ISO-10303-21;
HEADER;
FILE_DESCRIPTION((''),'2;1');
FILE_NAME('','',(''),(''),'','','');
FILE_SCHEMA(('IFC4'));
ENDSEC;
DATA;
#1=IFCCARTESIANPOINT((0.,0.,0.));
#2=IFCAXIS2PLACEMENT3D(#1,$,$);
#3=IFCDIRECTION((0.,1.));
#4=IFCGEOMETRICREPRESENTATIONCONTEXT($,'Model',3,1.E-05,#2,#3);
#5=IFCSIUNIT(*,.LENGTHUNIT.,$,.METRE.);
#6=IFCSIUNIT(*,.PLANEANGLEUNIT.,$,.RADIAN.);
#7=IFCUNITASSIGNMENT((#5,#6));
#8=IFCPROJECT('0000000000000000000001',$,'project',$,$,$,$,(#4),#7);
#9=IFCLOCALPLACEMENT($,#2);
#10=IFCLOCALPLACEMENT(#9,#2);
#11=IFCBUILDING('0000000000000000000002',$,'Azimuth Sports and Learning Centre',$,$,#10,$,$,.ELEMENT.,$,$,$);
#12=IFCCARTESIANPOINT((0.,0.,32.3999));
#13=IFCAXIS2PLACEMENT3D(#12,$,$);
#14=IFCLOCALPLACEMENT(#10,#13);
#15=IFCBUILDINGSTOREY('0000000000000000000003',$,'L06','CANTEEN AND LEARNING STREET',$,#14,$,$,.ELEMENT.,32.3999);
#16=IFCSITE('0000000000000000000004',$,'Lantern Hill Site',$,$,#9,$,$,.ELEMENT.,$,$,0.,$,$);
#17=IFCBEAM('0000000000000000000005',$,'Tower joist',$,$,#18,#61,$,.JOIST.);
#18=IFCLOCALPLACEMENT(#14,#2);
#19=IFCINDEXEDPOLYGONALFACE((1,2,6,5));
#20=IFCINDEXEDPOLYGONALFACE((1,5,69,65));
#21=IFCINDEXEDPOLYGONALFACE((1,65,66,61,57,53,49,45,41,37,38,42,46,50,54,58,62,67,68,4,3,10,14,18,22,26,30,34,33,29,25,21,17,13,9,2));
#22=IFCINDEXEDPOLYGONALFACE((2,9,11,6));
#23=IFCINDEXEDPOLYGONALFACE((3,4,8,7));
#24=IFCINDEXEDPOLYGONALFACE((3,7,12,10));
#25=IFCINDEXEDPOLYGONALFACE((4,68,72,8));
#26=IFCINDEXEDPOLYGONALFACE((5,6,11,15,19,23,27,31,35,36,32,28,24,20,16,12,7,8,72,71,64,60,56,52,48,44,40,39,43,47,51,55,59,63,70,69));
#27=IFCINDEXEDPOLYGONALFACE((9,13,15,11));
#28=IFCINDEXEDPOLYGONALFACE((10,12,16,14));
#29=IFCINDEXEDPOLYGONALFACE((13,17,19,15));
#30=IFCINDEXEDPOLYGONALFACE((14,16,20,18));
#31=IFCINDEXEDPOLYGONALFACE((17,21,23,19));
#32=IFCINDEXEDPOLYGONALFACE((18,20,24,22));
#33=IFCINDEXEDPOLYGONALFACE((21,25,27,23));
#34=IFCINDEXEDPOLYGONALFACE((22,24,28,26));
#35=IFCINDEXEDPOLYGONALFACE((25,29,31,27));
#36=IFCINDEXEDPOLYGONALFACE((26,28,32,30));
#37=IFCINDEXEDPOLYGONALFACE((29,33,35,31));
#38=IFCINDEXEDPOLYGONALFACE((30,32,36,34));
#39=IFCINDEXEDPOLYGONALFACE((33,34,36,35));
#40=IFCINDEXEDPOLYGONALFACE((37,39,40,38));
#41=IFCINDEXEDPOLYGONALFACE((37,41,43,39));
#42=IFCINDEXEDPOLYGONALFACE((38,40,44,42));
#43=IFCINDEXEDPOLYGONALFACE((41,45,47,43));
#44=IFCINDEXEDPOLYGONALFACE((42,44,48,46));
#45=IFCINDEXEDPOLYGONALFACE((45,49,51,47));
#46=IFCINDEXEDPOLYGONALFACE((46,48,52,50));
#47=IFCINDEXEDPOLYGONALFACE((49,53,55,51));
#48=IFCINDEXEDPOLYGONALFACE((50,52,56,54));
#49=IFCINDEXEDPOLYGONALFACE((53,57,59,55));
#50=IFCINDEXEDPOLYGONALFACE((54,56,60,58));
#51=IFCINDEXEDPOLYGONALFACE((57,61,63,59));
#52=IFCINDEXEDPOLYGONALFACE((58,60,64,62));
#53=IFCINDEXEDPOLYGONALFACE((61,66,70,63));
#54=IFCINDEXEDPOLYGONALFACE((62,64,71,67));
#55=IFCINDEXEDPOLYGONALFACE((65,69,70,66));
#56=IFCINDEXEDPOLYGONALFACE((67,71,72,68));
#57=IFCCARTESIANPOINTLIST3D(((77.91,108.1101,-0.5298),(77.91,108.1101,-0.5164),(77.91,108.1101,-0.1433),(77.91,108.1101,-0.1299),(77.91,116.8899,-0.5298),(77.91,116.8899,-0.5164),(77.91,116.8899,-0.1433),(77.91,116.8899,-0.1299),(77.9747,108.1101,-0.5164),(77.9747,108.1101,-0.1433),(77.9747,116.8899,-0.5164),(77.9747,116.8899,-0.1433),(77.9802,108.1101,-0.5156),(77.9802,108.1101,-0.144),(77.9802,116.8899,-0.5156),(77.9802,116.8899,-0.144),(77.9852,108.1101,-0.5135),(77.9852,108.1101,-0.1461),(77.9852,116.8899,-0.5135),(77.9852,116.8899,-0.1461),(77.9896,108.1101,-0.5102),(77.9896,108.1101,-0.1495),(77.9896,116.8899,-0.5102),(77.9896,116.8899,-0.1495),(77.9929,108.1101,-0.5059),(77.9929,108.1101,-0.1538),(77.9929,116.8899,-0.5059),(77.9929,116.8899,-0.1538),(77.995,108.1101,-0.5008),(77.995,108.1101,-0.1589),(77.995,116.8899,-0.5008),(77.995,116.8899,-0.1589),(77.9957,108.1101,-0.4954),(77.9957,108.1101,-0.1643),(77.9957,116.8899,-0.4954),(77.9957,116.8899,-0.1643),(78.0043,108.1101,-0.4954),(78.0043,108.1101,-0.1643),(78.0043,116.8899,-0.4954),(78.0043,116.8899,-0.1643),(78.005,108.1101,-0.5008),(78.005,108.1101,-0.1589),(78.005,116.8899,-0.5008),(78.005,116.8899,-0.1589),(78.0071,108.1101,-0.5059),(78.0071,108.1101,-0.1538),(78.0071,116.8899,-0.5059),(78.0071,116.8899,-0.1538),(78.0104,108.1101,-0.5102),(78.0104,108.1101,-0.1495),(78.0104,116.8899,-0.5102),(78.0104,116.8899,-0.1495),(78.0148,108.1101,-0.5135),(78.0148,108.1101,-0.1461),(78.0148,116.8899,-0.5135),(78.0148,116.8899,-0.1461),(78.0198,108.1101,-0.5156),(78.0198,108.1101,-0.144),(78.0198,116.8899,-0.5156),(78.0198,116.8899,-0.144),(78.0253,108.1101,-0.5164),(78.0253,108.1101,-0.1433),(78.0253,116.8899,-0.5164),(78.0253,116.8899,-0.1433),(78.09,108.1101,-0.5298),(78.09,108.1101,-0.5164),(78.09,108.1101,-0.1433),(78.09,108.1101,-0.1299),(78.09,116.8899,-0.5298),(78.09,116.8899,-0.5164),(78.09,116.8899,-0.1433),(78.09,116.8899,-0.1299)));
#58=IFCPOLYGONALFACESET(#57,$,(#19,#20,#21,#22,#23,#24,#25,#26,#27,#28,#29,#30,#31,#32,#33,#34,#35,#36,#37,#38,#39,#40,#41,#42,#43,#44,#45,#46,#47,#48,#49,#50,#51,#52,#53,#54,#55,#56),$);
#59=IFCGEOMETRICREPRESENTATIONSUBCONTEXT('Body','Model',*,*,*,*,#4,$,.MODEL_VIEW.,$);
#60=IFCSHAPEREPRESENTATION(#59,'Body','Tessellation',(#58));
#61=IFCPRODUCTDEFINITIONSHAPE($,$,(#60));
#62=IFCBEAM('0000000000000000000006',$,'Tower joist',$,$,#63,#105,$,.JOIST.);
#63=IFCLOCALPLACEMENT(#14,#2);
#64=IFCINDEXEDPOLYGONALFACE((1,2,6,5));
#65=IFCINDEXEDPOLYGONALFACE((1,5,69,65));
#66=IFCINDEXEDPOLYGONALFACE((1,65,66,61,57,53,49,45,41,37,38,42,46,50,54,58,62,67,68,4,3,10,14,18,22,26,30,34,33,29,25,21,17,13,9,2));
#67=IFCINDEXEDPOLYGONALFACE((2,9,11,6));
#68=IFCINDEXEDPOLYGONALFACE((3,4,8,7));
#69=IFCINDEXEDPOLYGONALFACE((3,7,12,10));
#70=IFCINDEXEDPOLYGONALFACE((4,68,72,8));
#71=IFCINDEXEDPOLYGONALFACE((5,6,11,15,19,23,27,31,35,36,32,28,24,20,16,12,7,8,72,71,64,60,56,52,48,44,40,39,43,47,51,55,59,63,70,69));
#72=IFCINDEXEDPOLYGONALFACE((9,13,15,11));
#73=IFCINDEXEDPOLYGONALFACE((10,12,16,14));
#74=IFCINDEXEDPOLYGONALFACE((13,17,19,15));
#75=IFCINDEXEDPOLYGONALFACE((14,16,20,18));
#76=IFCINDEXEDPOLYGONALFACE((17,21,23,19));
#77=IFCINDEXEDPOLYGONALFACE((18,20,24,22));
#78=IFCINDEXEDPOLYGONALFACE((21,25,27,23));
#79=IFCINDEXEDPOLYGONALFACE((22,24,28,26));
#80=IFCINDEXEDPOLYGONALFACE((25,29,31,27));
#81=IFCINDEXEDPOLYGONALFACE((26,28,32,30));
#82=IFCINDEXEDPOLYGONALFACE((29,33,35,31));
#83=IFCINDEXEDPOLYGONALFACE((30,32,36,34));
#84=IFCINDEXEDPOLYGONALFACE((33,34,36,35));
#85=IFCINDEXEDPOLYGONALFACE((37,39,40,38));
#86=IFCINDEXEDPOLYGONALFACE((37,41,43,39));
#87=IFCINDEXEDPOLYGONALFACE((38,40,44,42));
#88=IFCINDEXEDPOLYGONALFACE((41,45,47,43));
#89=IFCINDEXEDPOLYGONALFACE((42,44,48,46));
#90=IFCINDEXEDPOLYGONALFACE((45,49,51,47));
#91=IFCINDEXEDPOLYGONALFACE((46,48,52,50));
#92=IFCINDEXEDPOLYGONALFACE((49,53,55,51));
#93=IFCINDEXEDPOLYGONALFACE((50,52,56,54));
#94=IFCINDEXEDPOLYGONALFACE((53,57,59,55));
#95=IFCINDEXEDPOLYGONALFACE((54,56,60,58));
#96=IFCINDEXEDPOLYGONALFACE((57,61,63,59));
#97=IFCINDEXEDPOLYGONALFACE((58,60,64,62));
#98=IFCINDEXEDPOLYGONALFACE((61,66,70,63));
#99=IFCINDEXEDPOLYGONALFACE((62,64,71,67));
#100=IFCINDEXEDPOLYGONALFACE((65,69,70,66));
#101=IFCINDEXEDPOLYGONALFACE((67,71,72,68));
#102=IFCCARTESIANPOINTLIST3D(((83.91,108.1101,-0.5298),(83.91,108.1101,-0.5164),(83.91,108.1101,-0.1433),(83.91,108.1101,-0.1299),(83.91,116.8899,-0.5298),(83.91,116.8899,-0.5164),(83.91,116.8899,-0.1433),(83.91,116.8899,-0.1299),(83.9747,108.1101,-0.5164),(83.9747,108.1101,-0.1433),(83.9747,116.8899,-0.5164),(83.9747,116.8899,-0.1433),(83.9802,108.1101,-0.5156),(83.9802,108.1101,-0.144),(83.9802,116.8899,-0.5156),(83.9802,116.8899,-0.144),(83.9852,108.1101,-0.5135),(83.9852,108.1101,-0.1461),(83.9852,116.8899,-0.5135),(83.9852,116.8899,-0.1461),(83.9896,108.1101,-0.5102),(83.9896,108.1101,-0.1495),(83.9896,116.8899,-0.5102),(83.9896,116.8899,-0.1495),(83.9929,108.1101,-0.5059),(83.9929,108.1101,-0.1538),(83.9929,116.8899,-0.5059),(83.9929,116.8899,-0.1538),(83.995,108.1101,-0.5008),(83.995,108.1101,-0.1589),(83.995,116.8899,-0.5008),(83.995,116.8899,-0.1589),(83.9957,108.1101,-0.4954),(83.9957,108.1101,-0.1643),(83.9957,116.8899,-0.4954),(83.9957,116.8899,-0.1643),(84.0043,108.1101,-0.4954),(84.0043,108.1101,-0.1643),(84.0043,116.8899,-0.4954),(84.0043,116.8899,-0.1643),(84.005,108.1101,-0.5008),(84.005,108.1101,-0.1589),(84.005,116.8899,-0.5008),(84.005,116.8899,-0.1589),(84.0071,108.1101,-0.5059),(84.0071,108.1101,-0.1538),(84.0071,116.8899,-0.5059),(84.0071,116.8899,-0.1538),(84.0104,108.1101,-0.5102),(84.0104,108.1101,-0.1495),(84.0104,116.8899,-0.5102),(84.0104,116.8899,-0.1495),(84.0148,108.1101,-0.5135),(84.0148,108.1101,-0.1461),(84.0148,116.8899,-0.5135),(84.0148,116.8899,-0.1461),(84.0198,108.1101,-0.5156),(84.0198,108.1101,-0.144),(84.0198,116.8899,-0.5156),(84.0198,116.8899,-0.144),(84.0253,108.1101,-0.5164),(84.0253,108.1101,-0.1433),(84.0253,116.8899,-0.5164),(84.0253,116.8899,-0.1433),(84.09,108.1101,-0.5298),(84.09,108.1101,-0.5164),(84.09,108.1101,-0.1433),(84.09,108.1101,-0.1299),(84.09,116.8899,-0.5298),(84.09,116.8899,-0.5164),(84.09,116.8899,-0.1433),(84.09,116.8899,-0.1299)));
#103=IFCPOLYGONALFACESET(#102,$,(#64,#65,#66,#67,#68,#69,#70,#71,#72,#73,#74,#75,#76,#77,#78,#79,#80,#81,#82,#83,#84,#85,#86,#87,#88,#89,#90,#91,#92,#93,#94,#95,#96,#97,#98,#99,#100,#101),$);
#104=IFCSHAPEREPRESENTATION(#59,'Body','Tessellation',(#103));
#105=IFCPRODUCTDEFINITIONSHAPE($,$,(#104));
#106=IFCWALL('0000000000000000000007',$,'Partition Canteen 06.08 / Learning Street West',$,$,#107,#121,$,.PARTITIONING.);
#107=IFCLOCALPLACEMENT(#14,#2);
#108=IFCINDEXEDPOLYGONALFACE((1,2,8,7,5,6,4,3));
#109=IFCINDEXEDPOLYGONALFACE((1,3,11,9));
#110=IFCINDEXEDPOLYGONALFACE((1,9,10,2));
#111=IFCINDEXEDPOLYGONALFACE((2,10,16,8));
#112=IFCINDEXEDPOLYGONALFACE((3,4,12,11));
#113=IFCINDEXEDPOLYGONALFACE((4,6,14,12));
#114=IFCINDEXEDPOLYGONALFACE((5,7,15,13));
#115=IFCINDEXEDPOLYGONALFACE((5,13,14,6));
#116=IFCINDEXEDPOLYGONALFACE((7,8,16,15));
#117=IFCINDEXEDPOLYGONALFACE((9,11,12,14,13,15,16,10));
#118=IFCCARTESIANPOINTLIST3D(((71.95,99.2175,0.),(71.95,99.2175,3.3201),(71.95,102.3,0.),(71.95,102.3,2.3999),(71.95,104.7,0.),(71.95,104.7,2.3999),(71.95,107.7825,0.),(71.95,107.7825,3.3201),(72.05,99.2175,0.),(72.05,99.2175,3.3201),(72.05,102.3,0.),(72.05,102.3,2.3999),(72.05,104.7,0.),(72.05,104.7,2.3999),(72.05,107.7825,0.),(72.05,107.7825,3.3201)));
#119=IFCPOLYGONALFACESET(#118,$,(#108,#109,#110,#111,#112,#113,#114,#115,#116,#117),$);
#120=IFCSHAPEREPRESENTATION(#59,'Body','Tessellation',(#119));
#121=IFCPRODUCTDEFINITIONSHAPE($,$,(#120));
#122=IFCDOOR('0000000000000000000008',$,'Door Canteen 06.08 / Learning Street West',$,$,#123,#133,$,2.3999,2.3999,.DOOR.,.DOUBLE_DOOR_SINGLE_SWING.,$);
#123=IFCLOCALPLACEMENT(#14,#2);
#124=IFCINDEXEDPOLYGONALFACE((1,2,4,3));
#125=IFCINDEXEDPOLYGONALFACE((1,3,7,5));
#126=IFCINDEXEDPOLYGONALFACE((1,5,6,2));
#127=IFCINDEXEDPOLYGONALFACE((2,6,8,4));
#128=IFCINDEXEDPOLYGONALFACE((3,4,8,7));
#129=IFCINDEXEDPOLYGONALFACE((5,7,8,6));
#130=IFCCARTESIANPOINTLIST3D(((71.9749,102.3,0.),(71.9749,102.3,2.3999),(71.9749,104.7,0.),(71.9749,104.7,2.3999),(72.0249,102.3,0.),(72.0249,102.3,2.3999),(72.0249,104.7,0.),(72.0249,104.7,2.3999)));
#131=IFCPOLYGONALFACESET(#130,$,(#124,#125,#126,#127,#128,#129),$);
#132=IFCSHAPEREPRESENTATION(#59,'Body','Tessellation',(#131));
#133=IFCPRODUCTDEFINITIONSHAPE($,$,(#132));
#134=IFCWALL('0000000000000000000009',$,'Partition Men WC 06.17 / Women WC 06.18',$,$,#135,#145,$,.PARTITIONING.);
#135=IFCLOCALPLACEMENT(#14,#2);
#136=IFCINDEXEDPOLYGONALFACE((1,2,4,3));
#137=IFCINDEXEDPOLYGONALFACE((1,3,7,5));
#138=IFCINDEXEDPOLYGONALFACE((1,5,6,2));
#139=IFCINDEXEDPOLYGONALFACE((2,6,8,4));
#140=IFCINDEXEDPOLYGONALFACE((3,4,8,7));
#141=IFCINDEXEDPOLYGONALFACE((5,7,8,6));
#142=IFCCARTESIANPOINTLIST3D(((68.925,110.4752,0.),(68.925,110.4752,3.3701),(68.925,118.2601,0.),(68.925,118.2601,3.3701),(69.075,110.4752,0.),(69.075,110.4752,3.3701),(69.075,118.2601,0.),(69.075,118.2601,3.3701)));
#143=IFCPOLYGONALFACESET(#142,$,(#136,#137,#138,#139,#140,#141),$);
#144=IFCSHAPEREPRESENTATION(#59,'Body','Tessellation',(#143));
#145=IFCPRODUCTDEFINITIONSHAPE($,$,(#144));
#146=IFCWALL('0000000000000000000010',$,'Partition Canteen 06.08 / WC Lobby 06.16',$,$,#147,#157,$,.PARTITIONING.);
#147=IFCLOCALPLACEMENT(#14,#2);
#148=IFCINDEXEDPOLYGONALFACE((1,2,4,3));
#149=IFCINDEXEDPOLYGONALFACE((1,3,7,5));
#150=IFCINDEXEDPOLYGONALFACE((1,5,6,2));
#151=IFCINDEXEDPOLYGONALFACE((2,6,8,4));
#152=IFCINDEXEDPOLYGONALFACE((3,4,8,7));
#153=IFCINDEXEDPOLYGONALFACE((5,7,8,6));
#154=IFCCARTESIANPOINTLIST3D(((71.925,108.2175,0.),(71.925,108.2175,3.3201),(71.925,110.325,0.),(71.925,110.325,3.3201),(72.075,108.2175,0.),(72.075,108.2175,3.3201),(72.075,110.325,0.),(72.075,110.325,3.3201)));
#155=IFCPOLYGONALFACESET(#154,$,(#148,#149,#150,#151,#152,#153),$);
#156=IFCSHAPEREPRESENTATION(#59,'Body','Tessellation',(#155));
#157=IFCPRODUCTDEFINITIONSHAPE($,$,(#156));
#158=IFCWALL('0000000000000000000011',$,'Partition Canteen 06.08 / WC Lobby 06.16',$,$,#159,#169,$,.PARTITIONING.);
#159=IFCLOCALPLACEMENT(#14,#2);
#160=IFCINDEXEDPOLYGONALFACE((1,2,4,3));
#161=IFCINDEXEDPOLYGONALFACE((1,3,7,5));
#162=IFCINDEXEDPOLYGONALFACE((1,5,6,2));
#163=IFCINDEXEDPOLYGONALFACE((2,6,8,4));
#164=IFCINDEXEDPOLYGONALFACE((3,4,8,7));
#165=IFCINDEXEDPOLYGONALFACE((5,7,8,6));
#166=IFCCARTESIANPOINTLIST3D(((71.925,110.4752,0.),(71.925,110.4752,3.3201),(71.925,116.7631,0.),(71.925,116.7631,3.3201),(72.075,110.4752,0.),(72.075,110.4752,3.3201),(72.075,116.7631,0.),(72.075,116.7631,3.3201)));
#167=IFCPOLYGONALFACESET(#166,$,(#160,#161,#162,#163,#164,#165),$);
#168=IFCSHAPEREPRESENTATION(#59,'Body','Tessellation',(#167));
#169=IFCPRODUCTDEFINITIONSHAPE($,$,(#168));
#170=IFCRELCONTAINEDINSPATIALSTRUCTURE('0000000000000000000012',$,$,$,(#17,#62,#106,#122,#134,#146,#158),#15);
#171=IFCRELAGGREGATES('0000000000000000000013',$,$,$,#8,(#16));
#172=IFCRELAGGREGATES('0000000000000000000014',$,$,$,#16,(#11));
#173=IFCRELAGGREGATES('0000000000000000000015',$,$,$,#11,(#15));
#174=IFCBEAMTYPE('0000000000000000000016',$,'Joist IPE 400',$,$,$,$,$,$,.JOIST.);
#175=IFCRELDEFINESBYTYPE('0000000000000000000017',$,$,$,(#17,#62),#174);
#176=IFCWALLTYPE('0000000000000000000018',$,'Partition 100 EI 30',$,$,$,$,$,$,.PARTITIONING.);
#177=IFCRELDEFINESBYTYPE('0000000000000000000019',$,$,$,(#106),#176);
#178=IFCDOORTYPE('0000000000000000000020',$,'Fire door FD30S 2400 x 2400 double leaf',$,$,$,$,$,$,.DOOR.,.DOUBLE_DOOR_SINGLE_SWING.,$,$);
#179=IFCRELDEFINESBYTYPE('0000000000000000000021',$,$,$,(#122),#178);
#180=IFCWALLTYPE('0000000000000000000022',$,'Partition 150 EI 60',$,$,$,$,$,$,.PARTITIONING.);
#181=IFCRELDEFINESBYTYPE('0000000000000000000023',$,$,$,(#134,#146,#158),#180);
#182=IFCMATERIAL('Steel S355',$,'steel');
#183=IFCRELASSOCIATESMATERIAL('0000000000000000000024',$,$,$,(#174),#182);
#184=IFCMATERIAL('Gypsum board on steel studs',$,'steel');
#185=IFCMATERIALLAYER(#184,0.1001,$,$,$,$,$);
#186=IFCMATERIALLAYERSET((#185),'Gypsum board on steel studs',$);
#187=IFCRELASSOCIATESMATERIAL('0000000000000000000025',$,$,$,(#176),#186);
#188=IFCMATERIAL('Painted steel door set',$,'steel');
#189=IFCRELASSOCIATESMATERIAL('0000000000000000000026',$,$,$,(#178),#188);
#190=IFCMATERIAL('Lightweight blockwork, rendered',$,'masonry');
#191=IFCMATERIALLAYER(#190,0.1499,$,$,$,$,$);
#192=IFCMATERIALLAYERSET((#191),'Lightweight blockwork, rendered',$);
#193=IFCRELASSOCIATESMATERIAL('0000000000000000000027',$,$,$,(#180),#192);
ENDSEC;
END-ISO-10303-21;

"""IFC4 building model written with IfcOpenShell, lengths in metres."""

from ifc_helpers import new_model, si_unit, direction, frame, frame_2d, origin, origin_2d, place, context, subcontext, project, spatial, rectangle, i_section, extrude, material, layer, layer_set, material_profile, profile_set, type_object, element, fill, save


model = new_model("IFC4")

# Units and contexts
model_context = context("Model", 3, precision=1e-05, world=origin(), true_north=direction((0.0, 1.0)))
body_context = subcontext(model_context, "Body", "Model", "MODEL_VIEW")
ifc_project = project(units=[si_unit("LENGTHUNIT", "METRE"), si_unit("PLANEANGLEUNIT", "RADIAN")], contexts=[model_context])

# Site, building, storey
site_placement = place(None, origin())
site = spatial("IfcSite", under=ifc_project, at=site_placement, Name="Lantern Hill Site", CompositionType="ELEMENT", RefElevation=0.0)
building_placement = place(site_placement, origin())
building = spatial("IfcBuilding", under=site, at=building_placement, Name="Azimuth Sports and Learning Centre", CompositionType="ELEMENT")
storey_placement = place(building_placement, frame((0.0, 0.0, 32.3999)))
storey = spatial("IfcBuildingStorey", under=building, at=storey_placement, Name="L06", Description="CANTEEN AND LEARNING STREET", CompositionType="ELEMENT", Elevation=32.3999)

# Beams
ifc_material_1 = material(Name="Steel S355", Category="steel")
ifc_material_profile_1 = material_profile(ifc_material_1, i_section(OverallWidth=0.1799, OverallDepth=0.3999, WebThickness=0.0085, FlangeThickness=0.0134, FilletRadius=0.021, at=origin_2d()), Name="IPE 400")
ifc_profile_set_1 = profile_set([ifc_material_profile_1], Name="Steel S355")
beam_type_1 = type_object("IfcBeamType", Name="Joist IPE 400", PredefinedType="JOIST", material=ifc_profile_set_1)
for number, where, z_axis, x_axis, name in (
    (1, (78.0, 108.1101, -0.3298), (0.0, 1.0, 0.0), (-1.0, 0.0, 0.0), "Tower joist"),
    (2, (84.0, 108.1101, -0.3298), (0.0, 1.0, 0.0), (-1.0, 0.0, 0.0), "Tower joist"),
):
    element("IfcBeam", number, at=place(storey_placement, frame(where, z_axis=z_axis, x_axis=x_axis)), inside=storey, type_object=beam_type_1, Name=name, PredefinedType="JOIST", context=body_context, shape_type="SweptSolid", body=[
        extrude(i_section(OverallWidth=0.1799, OverallDepth=0.3999, WebThickness=0.0085, FlangeThickness=0.0134, FilletRadius=0.021, at=origin_2d()), origin(), (0.0, 0.0, 1.0), 8.7798),
    ])

# Wall, opening, door
ifc_material_2 = material(Name="Gypsum board on steel studs", Category="steel")
ifc_layer_1 = layer(ifc_material_2, 0.1001)
ifc_layer_set_1 = layer_set([ifc_layer_1], Name="Gypsum board on steel studs")
wall_type_1 = type_object("IfcWallType", Name="Partition 100 EI 30", PredefinedType="PARTITIONING", material=ifc_layer_set_1)
wall_1_placement = place(storey_placement, frame((72.0, 99.2175, 0.0), z_axis=(0.0, 0.0, 1.0), x_axis=(0.0, 1.0, 0.0)))
wall_1 = element("IfcWall", 3, at=wall_1_placement, inside=storey, type_object=wall_type_1, Name="Partition Canteen 06.08 / Learning Street West", PredefinedType="PARTITIONING", context=body_context, shape_type="SweptSolid", body=[
    extrude(rectangle(XDim=8.5649, YDim=0.1001, at=frame_2d((4.2825, 0.0))), origin(), (0.0, 0.0, 1.0), 3.3201),
])
opening_placement = place(wall_1_placement, frame((3.0825, 0.0, 0.0)))
opening = element("IfcOpeningElement", 4, at=opening_placement, cuts=wall_1, PredefinedType="OPENING", context=body_context, shape_type="SweptSolid", body=[
    extrude(rectangle(XDim=2.3999, YDim=2.3999, at=frame_2d((1.2, 1.2))), frame((0.0, 0.061, 0.0), z_axis=(0.0, -1.0, 0.0), x_axis=(1.0, 0.0, 0.0)), (0.0, 0.0, 1.0), 0.1221),
])
ifc_material_3 = material(Name="Painted steel door set", Category="steel")
door_type = type_object("IfcDoorType", Name="Fire door FD30S 2400 x 2400 double leaf", OperationType="DOUBLE_DOOR_SINGLE_SWING", PredefinedType="DOOR", material=ifc_material_3)
door_placement = place(opening_placement, frame((2.3999, 0.0, 0.0), z_axis=(0.0, 0.0, 1.0), x_axis=(-1.0, 0.0, 0.0)))
door = element("IfcDoor", 5, at=door_placement, inside=storey, type_object=door_type, Name="Door Canteen 06.08 / Learning Street West", OperationType="DOUBLE_DOOR_SINGLE_SWING", OverallHeight=2.3999, OverallWidth=2.3999, PredefinedType="DOOR", context=body_context, shape_type="SweptSolid", body=[
    extrude(rectangle(XDim=2.3999, YDim=2.3999, at=frame_2d((1.2, 1.2))), frame((0.0, 0.0249, 0.0), z_axis=(0.0, -1.0, 0.0), x_axis=(1.0, 0.0, 0.0)), (0.0, 0.0, 1.0), 0.05),
])
fill(opening, door)

# Walls
ifc_material_4 = material(Name="Lightweight blockwork, rendered", Category="masonry")
ifc_layer_2 = layer(ifc_material_4, 0.1499)
ifc_layer_set_2 = layer_set([ifc_layer_2], Name="Lightweight blockwork, rendered")
wall_type_2 = type_object("IfcWallType", Name="Partition 150 EI 60", PredefinedType="PARTITIONING", material=ifc_layer_set_2)
wall_2_placement = place(storey_placement, frame((69.0, 110.4751, 0.0), z_axis=(0.0, 0.0, 1.0), x_axis=(0.0, 1.0, 0.0)))
element("IfcWall", 6, at=wall_2_placement, inside=storey, type_object=wall_type_2, Name="Partition Men WC 06.17 / Women WC 06.18", PredefinedType="PARTITIONING", context=body_context, shape_type="SweptSolid", body=[
    extrude(rectangle(XDim=7.7849, YDim=0.1499, at=frame_2d((3.8926, 0.0))), origin(), (0.0, 0.0, 1.0), 3.3701),
])
wall_3_placement = place(storey_placement, frame((72.0, 108.2175, 0.0), z_axis=(0.0, 0.0, 1.0), x_axis=(0.0, 1.0, 0.0)))
element("IfcWall", 7, at=wall_3_placement, inside=storey, type_object=wall_type_2, Name="Partition Canteen 06.08 / WC Lobby 06.16", PredefinedType="PARTITIONING", context=body_context, shape_type="SweptSolid", body=[
    extrude(rectangle(XDim=2.1074, YDim=0.1499, at=frame_2d((1.0537, 0.0))), origin(), (0.0, 0.0, 1.0), 3.3201),
])
wall_4_placement = place(storey_placement, frame((72.0, 110.4751, 0.0), z_axis=(0.0, 0.0, 1.0), x_axis=(0.0, 1.0, 0.0)))
element("IfcWall", 8, at=wall_4_placement, inside=storey, type_object=wall_type_2, Name="Partition Canteen 06.08 / WC Lobby 06.16", PredefinedType="PARTITIONING", context=body_context, shape_type="SweptSolid", body=[
    extrude(rectangle(XDim=6.2878, YDim=0.1499, at=frame_2d((3.144, 0.0))), origin(), (0.0, 0.0, 1.0), 3.3201),
])

save(model, "model.ifc")
